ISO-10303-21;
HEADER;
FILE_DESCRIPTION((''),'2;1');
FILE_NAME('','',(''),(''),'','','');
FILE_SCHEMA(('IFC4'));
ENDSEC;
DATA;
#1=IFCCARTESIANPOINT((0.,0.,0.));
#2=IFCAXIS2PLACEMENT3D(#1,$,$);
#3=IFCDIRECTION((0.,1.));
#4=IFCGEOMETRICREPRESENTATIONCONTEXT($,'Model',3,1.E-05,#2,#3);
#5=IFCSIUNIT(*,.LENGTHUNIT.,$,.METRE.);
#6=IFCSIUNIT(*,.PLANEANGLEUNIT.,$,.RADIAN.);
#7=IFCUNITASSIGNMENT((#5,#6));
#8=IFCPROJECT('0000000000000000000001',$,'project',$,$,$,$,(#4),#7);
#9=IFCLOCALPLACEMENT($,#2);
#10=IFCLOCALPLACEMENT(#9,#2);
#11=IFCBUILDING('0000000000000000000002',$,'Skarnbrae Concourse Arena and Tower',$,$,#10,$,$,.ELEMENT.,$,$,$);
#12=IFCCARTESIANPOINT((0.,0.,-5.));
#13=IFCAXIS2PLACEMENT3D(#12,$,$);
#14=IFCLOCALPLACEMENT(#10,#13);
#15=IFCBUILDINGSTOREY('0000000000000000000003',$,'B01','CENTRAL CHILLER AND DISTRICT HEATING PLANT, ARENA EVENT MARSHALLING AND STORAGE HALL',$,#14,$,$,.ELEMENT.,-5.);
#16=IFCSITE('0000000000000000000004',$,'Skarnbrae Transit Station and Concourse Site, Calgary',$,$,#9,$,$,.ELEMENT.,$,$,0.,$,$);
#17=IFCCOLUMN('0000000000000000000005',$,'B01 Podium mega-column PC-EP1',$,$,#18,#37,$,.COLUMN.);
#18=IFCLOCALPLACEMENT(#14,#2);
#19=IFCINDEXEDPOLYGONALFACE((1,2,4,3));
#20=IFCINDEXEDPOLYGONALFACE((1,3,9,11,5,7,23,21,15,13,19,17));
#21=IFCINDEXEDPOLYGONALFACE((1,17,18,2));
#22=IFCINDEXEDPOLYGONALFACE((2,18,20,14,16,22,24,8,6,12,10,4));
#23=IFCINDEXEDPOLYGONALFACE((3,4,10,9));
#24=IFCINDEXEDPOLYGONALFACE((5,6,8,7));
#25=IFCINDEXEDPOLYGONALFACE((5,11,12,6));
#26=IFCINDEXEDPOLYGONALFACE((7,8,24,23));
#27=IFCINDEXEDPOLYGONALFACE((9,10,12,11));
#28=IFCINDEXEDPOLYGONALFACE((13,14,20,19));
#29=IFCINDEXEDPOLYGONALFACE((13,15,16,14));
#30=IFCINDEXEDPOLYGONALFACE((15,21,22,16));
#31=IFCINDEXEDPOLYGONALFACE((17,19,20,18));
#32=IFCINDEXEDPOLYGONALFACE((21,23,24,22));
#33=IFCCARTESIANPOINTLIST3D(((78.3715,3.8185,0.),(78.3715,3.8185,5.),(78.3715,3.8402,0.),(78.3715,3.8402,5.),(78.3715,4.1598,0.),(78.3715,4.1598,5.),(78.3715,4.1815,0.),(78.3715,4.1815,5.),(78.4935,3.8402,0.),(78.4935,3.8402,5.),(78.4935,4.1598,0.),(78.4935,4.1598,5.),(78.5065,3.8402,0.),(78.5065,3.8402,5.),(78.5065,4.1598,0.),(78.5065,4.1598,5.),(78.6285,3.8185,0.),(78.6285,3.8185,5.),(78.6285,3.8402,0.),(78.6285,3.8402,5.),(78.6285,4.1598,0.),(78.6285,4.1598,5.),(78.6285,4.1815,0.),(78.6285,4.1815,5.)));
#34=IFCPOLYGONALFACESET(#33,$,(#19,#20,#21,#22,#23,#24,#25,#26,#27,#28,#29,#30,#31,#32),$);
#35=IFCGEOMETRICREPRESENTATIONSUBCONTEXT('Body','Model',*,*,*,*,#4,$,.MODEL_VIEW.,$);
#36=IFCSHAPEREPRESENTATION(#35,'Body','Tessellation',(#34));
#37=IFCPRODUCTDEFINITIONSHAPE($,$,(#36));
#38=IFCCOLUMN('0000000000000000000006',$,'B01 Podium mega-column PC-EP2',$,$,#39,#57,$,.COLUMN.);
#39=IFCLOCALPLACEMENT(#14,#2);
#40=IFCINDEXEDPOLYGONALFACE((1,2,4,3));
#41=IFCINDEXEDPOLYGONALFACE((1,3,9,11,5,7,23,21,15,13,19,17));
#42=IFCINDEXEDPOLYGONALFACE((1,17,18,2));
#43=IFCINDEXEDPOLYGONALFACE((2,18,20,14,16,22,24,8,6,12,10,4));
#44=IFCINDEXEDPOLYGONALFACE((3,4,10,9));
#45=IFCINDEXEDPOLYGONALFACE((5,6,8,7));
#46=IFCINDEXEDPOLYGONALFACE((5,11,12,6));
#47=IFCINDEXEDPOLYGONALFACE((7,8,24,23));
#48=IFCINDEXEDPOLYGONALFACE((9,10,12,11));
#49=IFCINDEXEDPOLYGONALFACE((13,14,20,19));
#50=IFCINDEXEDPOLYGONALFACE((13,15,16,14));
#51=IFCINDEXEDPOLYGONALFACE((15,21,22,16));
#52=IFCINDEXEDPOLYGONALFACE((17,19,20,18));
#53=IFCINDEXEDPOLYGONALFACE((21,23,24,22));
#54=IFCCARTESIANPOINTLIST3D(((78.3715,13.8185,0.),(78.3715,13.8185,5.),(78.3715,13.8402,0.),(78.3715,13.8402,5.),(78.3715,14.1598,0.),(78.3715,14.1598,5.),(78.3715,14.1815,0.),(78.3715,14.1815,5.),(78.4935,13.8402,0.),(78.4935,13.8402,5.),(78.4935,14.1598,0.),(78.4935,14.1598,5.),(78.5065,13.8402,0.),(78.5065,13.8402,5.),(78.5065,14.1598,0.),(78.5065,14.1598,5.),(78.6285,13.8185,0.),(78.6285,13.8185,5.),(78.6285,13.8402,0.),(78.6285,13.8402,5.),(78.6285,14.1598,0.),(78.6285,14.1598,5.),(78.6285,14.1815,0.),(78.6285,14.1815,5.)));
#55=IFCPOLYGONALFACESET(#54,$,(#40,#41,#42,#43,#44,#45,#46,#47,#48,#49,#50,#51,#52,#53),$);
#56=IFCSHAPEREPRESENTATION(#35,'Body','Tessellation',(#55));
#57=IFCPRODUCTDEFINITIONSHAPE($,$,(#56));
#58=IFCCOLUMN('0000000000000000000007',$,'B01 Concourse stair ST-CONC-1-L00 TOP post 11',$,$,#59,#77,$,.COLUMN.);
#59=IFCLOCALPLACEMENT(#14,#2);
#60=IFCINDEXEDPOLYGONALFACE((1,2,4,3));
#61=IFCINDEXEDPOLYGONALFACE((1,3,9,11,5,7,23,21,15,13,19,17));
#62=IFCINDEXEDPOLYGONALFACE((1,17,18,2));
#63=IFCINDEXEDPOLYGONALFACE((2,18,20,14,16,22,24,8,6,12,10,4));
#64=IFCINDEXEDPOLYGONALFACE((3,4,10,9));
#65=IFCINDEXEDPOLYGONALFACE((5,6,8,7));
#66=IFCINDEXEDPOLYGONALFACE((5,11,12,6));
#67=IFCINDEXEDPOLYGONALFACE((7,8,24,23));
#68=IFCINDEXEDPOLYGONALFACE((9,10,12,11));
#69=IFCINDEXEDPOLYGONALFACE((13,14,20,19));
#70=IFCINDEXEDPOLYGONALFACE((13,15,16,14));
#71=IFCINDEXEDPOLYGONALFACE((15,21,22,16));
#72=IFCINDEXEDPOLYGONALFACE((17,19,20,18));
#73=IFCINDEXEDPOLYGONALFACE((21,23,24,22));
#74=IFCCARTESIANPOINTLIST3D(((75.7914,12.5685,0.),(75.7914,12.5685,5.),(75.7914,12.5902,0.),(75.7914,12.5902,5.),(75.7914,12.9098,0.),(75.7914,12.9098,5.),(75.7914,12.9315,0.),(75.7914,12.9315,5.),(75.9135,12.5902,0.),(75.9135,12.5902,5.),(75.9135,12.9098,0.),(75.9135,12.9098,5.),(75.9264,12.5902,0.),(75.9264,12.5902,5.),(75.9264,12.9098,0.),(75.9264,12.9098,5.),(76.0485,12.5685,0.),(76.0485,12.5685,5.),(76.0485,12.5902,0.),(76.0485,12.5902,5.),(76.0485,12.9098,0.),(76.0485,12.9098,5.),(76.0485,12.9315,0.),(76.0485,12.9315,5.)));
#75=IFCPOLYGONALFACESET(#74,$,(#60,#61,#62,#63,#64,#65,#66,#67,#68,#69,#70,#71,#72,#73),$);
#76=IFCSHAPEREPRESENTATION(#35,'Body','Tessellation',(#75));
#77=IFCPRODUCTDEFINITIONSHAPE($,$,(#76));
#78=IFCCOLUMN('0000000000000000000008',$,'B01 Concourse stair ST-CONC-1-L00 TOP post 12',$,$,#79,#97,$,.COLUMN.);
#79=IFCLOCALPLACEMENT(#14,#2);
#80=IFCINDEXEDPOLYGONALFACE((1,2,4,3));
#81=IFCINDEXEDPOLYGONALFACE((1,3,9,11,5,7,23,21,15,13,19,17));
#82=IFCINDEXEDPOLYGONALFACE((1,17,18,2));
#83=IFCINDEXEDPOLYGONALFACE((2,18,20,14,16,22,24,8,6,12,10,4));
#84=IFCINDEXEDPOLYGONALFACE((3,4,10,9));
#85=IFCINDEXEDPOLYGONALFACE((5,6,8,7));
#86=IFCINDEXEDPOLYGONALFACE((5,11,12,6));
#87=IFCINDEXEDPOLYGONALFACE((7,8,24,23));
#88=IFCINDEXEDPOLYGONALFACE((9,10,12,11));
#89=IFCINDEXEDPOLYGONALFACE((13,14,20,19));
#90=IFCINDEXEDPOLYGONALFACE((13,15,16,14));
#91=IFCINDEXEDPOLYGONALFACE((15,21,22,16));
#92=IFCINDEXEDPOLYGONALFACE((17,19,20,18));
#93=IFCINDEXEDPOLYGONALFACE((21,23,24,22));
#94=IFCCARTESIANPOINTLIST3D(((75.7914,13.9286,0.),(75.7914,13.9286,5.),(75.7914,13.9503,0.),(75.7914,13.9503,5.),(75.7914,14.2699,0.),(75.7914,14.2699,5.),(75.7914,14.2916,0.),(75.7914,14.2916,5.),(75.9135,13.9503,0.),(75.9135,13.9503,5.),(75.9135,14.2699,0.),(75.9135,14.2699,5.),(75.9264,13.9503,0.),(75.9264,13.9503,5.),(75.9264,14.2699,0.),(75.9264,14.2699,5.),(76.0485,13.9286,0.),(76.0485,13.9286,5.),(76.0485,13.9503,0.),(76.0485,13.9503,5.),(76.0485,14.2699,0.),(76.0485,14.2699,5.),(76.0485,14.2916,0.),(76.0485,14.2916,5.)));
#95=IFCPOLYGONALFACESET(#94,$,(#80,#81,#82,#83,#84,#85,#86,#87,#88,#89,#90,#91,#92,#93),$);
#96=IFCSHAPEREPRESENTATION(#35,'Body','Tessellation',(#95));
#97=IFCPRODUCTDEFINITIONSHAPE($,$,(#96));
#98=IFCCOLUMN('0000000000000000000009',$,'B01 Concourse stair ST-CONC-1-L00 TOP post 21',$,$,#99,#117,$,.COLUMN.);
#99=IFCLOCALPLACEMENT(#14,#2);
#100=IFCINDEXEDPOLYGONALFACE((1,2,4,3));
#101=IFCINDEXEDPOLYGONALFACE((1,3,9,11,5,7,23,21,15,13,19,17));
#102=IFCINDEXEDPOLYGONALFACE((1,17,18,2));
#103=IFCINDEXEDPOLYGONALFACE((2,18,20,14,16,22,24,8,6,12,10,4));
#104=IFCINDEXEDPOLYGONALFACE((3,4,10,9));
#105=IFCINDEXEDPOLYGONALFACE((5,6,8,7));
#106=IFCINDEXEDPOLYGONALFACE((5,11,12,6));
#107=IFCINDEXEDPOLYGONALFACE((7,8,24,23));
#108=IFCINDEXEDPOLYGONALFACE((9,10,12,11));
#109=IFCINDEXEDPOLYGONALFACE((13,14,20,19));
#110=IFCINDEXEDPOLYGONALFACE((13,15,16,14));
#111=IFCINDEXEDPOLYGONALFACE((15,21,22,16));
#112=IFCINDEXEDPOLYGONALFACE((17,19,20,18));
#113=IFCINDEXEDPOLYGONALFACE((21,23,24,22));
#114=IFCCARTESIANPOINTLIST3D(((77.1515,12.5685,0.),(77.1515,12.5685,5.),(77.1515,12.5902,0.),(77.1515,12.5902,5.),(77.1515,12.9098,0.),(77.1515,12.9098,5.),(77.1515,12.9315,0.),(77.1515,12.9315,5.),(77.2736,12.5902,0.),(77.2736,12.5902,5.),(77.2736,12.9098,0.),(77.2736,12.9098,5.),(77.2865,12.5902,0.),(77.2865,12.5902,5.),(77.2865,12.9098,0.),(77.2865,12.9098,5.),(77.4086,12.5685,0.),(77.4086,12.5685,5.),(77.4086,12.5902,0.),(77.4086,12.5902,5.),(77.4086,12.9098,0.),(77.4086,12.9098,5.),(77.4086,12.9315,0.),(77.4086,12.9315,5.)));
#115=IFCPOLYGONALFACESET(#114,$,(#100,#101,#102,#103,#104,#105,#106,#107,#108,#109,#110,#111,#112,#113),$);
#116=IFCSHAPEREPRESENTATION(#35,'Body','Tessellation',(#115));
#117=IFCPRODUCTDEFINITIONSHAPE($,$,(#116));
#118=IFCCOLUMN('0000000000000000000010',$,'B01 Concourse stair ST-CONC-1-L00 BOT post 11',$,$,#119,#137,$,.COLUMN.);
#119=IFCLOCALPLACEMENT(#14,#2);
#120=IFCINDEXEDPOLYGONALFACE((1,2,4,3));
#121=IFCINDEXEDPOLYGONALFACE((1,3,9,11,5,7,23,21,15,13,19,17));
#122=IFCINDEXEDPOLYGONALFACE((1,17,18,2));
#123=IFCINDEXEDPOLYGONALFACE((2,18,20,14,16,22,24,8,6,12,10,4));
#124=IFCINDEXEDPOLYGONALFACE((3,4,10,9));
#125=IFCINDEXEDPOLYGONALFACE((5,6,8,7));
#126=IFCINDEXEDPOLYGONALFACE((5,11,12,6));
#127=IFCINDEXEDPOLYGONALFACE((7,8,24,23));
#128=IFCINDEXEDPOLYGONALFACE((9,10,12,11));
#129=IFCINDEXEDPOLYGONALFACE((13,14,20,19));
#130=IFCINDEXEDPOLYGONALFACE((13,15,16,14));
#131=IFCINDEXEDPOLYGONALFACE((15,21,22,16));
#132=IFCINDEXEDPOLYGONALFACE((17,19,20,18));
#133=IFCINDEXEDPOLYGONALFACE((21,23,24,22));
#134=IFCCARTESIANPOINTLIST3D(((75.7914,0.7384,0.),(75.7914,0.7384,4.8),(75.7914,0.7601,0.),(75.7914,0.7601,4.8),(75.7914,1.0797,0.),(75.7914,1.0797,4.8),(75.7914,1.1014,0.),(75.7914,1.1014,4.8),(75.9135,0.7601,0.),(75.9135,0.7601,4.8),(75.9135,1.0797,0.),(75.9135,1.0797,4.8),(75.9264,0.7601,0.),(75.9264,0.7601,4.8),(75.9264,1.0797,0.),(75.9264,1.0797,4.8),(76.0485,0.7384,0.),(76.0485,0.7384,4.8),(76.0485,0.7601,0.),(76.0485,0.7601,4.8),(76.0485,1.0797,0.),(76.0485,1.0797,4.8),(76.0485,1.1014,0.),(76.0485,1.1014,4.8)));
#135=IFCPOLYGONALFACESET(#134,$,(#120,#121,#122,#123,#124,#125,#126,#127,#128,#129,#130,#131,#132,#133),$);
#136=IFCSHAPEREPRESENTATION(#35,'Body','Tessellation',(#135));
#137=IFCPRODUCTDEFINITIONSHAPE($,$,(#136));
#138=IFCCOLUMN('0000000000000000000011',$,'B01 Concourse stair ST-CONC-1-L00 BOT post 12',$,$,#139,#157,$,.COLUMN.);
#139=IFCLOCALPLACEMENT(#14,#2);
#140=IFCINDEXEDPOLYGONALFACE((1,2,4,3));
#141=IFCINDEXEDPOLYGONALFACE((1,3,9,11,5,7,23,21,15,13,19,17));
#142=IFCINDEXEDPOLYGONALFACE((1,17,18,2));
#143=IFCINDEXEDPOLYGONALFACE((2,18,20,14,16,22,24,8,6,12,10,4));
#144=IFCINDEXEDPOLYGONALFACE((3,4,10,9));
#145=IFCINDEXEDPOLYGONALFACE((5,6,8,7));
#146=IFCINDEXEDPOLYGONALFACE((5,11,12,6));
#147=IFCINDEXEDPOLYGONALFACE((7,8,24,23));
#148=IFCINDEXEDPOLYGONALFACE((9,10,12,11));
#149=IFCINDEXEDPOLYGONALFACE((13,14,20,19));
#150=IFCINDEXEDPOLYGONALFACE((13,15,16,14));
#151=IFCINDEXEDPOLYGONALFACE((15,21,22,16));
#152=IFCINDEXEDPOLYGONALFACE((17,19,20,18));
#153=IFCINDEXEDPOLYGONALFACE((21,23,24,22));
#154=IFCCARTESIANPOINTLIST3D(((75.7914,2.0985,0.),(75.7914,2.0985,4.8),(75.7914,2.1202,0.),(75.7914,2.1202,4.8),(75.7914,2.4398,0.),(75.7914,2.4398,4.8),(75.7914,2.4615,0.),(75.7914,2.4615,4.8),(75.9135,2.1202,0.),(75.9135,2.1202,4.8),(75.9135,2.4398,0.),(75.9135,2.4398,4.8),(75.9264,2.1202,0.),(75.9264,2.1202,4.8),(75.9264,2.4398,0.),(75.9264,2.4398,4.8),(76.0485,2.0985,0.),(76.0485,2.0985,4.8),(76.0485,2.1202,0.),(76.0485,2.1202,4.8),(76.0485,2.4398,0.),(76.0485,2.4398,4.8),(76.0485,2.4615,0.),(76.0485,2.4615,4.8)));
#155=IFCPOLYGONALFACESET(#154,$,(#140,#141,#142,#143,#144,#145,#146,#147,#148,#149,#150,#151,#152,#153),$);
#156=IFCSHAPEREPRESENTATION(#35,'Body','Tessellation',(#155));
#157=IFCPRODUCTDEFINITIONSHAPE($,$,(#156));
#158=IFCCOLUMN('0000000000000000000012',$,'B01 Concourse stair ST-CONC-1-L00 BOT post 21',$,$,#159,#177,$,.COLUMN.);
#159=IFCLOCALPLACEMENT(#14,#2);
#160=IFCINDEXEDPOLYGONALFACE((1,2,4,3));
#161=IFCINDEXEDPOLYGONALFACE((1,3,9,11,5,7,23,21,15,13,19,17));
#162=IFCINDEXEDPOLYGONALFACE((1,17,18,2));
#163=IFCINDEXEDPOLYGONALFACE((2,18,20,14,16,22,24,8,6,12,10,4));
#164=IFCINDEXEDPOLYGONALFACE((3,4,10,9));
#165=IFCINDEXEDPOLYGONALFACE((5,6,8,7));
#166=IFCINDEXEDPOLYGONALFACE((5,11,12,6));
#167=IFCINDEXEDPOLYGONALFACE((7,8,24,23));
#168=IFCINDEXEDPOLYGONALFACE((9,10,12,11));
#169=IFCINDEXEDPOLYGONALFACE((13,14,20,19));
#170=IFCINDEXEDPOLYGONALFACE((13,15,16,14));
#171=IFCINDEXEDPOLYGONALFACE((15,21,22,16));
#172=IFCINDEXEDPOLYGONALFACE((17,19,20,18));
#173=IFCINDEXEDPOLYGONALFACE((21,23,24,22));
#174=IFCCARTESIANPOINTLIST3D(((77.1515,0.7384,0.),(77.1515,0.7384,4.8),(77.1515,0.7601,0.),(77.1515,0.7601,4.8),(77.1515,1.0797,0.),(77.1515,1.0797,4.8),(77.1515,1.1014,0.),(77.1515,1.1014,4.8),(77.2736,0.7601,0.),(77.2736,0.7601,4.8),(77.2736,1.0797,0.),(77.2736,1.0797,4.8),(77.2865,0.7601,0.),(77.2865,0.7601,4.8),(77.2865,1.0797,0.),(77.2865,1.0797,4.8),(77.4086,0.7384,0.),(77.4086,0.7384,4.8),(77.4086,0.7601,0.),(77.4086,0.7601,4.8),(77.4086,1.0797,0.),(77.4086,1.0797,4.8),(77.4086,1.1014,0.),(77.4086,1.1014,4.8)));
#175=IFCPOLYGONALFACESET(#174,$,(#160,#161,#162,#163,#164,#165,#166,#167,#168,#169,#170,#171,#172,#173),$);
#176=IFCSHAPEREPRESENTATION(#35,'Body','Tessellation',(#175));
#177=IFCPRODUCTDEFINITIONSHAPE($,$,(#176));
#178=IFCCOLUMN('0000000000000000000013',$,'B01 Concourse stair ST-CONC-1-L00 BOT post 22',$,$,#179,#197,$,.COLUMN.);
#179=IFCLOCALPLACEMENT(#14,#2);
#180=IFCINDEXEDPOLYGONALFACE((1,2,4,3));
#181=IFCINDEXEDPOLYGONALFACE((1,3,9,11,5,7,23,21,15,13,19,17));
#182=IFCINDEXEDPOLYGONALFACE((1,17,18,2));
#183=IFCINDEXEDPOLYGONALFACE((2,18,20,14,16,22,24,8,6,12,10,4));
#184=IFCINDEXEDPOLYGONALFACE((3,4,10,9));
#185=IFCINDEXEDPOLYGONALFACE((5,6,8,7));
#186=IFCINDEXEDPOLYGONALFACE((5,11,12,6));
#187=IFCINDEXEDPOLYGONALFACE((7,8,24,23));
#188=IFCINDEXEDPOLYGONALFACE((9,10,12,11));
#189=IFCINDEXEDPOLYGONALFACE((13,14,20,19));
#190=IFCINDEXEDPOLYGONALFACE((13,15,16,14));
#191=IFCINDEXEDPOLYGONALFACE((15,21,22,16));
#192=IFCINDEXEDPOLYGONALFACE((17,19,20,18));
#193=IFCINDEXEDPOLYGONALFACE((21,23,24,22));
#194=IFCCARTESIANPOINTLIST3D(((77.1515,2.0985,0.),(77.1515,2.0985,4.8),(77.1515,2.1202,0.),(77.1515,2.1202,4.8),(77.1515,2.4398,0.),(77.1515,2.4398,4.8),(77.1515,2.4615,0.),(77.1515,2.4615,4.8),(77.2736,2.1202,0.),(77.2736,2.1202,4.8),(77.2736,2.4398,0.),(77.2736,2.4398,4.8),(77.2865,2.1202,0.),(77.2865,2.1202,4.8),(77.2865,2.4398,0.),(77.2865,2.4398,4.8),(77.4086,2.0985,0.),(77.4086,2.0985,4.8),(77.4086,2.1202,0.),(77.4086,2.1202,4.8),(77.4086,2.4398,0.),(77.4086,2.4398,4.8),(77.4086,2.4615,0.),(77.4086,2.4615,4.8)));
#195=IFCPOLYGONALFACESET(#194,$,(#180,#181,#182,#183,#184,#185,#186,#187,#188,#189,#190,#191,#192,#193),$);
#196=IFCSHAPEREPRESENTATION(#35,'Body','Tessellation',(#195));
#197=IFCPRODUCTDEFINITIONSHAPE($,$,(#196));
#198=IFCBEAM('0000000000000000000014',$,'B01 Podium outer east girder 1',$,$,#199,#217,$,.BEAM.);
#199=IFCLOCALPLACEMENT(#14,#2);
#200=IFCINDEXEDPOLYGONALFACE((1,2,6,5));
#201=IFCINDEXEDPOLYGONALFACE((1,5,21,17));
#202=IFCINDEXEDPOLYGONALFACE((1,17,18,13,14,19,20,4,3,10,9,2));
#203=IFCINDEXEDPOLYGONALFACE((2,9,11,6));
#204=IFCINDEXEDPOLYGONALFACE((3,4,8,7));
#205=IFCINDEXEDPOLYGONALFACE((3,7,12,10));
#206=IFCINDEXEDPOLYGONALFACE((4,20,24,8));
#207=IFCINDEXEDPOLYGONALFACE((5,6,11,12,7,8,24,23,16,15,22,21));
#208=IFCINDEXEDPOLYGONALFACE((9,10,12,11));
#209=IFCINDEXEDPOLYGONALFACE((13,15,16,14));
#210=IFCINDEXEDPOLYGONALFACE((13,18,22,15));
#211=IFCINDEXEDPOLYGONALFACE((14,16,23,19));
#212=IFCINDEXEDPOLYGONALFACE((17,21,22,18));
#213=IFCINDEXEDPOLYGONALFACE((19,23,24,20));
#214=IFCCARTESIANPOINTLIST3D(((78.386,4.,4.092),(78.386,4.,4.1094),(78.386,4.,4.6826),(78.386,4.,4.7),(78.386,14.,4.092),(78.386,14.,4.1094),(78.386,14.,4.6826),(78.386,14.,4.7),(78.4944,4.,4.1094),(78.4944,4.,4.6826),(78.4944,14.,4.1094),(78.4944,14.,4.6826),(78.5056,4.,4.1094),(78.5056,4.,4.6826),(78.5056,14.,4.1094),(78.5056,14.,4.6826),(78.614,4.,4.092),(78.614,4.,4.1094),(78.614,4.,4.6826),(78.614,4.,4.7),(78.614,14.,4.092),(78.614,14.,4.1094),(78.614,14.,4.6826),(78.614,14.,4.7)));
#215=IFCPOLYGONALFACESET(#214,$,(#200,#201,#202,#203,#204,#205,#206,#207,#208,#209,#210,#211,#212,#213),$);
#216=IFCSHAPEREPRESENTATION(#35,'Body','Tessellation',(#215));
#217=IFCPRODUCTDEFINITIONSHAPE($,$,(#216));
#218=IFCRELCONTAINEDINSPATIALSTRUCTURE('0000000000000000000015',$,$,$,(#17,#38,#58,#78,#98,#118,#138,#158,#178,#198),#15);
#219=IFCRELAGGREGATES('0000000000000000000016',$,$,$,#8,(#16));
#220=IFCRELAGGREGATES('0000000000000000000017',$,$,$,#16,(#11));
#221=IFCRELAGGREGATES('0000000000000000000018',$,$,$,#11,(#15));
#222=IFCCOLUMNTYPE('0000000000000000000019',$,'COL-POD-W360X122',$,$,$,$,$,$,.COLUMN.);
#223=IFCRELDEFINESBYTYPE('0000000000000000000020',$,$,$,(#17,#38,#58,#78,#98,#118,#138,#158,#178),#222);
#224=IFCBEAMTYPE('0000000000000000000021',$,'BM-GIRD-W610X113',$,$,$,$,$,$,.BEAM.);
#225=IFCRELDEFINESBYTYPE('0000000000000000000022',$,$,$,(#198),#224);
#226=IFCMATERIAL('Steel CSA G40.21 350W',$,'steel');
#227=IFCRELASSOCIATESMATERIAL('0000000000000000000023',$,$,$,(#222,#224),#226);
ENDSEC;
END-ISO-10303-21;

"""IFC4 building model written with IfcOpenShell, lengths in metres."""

from ifc_helpers import new_model, si_unit, direction, frame, origin, origin_2d, place, context, subcontext, project, spatial, i_section, extrude, source, transform, mapped, material, material_profile, profile_set, type_object, element, save


model = new_model("IFC4")

# Units and contexts
model_context = context("Model", 3, precision=1e-05, world=origin(), true_north=direction((0.0, 1.0)))
body_context = subcontext(model_context, "Body", "Model", "MODEL_VIEW")
ifc_project = project(units=[si_unit("LENGTHUNIT", "METRE"), si_unit("PLANEANGLEUNIT", "RADIAN")], contexts=[model_context])

# Site, building, storey
site_placement = place(None, origin())
site = spatial("IfcSite", under=ifc_project, at=site_placement, Name="Skarnbrae Transit Station and Concourse Site, Calgary", CompositionType="ELEMENT", RefElevation=0.0)
building_placement = place(site_placement, origin())
building = spatial("IfcBuilding", under=site, at=building_placement, Name="Skarnbrae Concourse Arena and Tower", CompositionType="ELEMENT")
storey_placement = place(building_placement, frame((0.0, 0.0, -5.0)))
storey = spatial("IfcBuildingStorey", under=building, at=storey_placement, Name="B01", Description="CENTRAL CHILLER AND DISTRICT HEATING PLANT, ARENA EVENT MARSHALLING AND STORAGE HALL", CompositionType="ELEMENT", Elevation=-5.0)

# Columns
ifc_material_1 = material(Name="Steel CSA G40.21 350W", Category="steel")
ifc_material_profile_1 = material_profile(ifc_material_1, i_section(OverallWidth=0.2571, OverallDepth=0.363, WebThickness=0.0129, FlangeThickness=0.0217, at=origin_2d()), Name="W360X122")
ifc_profile_set_1 = profile_set([ifc_material_profile_1], Name="Steel CSA G40.21 350W")
column_type = type_object("IfcColumnType", Name="COL-POD-W360X122", PredefinedType="COLUMN", material=ifc_profile_set_1)
shared_shape_1 = source(origin(), body_context, "Body", "SweptSolid", [
    extrude(i_section(OverallWidth=0.2571, OverallDepth=0.363, WebThickness=0.0129, FlangeThickness=0.0217, at=origin_2d()), origin(), (0.0, 0.0, 1.0), 5.0),
])
for number, where, z_axis, x_axis, name in (
    (1, (78.5, 4.0, 0.0), (0.0, 0.0, 1.0), (1.0, 0.0, 0.0), "B01 Podium mega-column PC-EP1"),
    (2, (78.5, 14.0, 0.0), (0.0, 0.0, 1.0), (1.0, 0.0, 0.0), "B01 Podium mega-column PC-EP2"),
    (3, (75.9199, 12.75, 0.0), (0.0, 0.0, 1.0), (1.0, 0.0, 0.0), "B01 Concourse stair ST-CONC-1-L00 TOP post 11"),
    (4, (75.9199, 14.1101, 0.0), (0.0, 0.0, 1.0), (1.0, 0.0, 0.0), "B01 Concourse stair ST-CONC-1-L00 TOP post 12"),
    (5, (77.28, 12.75, 0.0), (0.0, 0.0, 1.0), (1.0, 0.0, 0.0), "B01 Concourse stair ST-CONC-1-L00 TOP post 21"),
):
    element("IfcColumn", number, at=place(storey_placement, frame(where, z_axis=z_axis, x_axis=x_axis)), inside=storey, type_object=column_type, Name=name, PredefinedType="COLUMN", context=body_context, shape_type="MappedRepresentation", body=[
        mapped(shared_shape_1, transform((0.0, 0.0, 0.0))),
    ])
shared_shape_2 = source(origin(), body_context, "Body", "SweptSolid", [
    extrude(i_section(OverallWidth=0.2571, OverallDepth=0.363, WebThickness=0.0129, FlangeThickness=0.0217, at=origin_2d()), origin(), (0.0, 0.0, 1.0), 4.8),
])
for number, where, z_axis, x_axis, name in (
    (6, (75.9199, 0.9199, 0.0), (0.0, 0.0, 1.0), (1.0, 0.0, 0.0), "B01 Concourse stair ST-CONC-1-L00 BOT post 11"),
    (7, (75.9199, 2.28, 0.0), (0.0, 0.0, 1.0), (1.0, 0.0, 0.0), "B01 Concourse stair ST-CONC-1-L00 BOT post 12"),
    (8, (77.28, 0.9199, 0.0), (0.0, 0.0, 1.0), (1.0, 0.0, 0.0), "B01 Concourse stair ST-CONC-1-L00 BOT post 21"),
    (9, (77.28, 2.28, 0.0), (0.0, 0.0, 1.0), (1.0, 0.0, 0.0), "B01 Concourse stair ST-CONC-1-L00 BOT post 22"),
):
    element("IfcColumn", number, at=place(storey_placement, frame(where, z_axis=z_axis, x_axis=x_axis)), inside=storey, type_object=column_type, Name=name, PredefinedType="COLUMN", context=body_context, shape_type="MappedRepresentation", body=[
        mapped(shared_shape_2, transform((0.0, 0.0, 0.0))),
    ])

# Beam
ifc_material_profile_2 = material_profile(ifc_material_1, i_section(OverallWidth=0.228, OverallDepth=0.6079, WebThickness=0.0112, FlangeThickness=0.0173, at=origin_2d()), Name="W610X113")
ifc_profile_set_2 = profile_set([ifc_material_profile_2], Name="Steel CSA G40.21 350W")
beam_type_1 = type_object("IfcBeamType", Name="BM-GIRD-W610X113", PredefinedType="BEAM", material=ifc_profile_set_2)
shared_shape_3 = source(origin(), body_context, "Body", "SweptSolid", [
    extrude(i_section(OverallWidth=0.228, OverallDepth=0.6079, WebThickness=0.0112, FlangeThickness=0.0173, at=origin_2d()), origin(), (0.0, 0.0, 1.0), 10.0),
])
beam_1_placement = place(storey_placement, frame((78.5, 4.0, 4.396), z_axis=(0.0, 1.0, 0.0), x_axis=(-1.0, 0.0, 0.0)))
element("IfcBeam", 10, at=beam_1_placement, inside=storey, type_object=beam_type_1, Name="B01 Podium outer east girder 1", PredefinedType="BEAM", context=body_context, shape_type="MappedRepresentation", body=[
    mapped(shared_shape_3, transform((0.0, 0.0, 0.0))),
])

save(model, "model.ifc")
